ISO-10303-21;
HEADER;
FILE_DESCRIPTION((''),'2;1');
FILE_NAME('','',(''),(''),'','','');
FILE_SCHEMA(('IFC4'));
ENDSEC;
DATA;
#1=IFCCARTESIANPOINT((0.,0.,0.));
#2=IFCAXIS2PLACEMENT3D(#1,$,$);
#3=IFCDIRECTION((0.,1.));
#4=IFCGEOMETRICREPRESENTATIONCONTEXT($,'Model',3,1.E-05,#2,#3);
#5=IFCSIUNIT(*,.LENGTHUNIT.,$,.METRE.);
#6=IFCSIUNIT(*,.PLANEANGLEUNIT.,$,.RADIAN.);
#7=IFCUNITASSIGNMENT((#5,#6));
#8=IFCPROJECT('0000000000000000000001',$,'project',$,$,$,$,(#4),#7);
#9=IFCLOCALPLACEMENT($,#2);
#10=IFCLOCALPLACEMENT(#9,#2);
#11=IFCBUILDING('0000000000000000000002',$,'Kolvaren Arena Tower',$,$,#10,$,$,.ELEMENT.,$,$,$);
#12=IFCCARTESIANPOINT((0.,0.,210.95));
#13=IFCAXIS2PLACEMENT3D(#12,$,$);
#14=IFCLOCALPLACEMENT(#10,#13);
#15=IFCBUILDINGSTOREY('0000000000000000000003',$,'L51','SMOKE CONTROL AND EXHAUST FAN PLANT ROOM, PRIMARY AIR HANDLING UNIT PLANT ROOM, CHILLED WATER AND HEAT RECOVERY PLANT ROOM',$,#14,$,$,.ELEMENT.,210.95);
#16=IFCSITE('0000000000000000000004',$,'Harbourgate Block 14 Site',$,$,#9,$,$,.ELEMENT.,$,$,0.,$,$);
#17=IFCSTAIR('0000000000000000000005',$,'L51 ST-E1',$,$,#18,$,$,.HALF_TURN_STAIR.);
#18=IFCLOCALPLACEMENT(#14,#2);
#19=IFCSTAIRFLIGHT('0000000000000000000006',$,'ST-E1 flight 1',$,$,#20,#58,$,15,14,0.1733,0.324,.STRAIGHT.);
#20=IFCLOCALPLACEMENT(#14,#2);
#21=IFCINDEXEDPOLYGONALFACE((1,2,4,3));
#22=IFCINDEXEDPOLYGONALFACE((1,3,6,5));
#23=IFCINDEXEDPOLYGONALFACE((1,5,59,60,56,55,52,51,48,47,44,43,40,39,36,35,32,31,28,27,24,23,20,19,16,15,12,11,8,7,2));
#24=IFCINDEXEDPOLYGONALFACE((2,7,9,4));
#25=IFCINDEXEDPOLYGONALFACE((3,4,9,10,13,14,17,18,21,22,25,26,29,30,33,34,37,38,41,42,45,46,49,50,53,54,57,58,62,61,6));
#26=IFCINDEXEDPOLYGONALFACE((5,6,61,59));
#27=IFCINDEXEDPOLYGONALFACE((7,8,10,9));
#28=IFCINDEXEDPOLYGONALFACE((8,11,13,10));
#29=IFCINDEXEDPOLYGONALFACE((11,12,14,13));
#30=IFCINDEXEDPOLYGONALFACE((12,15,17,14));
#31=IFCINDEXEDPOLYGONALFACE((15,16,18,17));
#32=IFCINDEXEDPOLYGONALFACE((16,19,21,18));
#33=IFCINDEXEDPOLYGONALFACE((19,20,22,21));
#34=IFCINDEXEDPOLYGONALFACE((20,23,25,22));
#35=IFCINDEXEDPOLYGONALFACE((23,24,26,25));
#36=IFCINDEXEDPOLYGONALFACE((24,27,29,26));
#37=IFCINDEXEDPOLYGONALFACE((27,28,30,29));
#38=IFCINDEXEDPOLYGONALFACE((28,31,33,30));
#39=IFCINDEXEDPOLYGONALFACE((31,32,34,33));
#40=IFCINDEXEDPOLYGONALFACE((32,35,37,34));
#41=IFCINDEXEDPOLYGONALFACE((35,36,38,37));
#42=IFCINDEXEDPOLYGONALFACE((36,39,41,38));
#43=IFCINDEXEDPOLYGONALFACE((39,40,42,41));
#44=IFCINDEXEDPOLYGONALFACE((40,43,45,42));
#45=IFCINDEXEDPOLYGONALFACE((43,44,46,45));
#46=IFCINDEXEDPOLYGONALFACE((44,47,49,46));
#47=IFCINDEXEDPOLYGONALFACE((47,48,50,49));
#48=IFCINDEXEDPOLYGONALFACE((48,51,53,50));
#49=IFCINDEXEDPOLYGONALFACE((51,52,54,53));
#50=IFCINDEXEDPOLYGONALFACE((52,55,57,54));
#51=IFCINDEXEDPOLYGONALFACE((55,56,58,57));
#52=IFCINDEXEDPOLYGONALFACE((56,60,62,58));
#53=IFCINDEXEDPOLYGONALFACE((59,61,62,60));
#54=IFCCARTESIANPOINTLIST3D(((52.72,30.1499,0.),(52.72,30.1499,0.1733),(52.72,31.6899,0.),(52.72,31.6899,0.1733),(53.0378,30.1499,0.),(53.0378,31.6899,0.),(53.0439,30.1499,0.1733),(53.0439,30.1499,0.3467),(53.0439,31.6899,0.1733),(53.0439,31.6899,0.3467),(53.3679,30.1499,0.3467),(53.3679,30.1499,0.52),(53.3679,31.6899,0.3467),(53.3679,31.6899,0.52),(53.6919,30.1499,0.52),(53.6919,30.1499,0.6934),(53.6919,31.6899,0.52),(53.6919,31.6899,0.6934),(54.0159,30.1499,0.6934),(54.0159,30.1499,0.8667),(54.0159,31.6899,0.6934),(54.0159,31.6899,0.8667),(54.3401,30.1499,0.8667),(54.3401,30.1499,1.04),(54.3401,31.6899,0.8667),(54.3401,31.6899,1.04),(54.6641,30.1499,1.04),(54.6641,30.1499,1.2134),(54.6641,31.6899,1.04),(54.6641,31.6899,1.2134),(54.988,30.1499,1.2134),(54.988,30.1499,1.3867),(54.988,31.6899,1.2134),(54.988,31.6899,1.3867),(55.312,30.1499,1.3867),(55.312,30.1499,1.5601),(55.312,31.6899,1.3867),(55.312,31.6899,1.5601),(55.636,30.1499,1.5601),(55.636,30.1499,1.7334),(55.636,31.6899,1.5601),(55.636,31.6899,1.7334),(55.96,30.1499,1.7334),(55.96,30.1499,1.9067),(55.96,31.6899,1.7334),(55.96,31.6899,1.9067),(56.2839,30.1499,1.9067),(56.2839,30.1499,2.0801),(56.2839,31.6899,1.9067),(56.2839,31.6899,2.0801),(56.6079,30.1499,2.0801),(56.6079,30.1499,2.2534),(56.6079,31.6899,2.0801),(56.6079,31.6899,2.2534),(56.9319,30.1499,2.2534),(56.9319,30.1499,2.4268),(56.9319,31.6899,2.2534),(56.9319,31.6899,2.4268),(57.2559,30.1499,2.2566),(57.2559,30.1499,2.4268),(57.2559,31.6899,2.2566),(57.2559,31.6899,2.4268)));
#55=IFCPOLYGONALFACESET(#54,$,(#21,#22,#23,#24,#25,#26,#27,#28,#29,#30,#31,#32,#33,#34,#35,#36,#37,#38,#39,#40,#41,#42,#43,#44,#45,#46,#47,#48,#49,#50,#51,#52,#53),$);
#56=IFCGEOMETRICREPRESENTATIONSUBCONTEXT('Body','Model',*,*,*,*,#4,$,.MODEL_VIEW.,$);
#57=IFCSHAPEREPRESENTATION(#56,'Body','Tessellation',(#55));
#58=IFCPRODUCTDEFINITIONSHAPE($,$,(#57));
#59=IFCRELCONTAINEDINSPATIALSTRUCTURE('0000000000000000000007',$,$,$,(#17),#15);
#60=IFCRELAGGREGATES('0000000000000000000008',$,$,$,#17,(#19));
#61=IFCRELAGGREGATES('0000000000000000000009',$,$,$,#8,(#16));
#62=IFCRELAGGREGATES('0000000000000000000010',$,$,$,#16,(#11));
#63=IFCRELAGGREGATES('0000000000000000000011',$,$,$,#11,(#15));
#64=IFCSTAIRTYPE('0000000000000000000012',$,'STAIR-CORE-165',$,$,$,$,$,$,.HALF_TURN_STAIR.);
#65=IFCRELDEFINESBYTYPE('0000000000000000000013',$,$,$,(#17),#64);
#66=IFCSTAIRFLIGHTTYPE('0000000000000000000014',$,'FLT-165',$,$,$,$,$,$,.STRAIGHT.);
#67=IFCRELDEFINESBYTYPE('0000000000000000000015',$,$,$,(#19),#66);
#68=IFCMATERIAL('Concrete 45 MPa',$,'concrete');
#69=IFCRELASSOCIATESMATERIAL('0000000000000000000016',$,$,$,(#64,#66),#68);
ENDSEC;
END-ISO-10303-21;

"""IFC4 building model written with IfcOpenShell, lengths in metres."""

from ifc_helpers import new_model, si_unit, direction, frame, origin, place, context, subcontext, project, spatial, polyline, outline, extrude, material, type_object, element, aggregate, save


model = new_model("IFC4")

# Units and contexts
model_context = context("Model", 3, precision=1e-05, world=origin(), true_north=direction((0.0, 1.0)))
body_context = subcontext(model_context, "Body", "Model", "MODEL_VIEW")
ifc_project = project(units=[si_unit("LENGTHUNIT", "METRE"), si_unit("PLANEANGLEUNIT", "RADIAN")], contexts=[model_context])

# Site, building, storey
site_placement = place(None, origin())
site = spatial("IfcSite", under=ifc_project, at=site_placement, Name="Harbourgate Block 14 Site", CompositionType="ELEMENT", RefElevation=0.0)
building_placement = place(site_placement, origin())
building = spatial("IfcBuilding", under=site, at=building_placement, Name="Kolvaren Arena Tower", CompositionType="ELEMENT")
storey_placement = place(building_placement, frame((0.0, 0.0, 210.95)))
storey = spatial("IfcBuildingStorey", under=building, at=storey_placement, Name="L51", Description="SMOKE CONTROL AND EXHAUST FAN PLANT ROOM, PRIMARY AIR HANDLING UNIT PLANT ROOM, CHILLED WATER AND HEAT RECOVERY PLANT ROOM", CompositionType="ELEMENT", Elevation=210.95)

# Shared definitions
ifc_material_1 = material(Name="Concrete 45 MPa", Category="concrete")

# Stair, stair flight
stair_type_1 = type_object("IfcStairType", Name="STAIR-CORE-165", PredefinedType="HALF_TURN_STAIR", material=ifc_material_1)
stair_1_placement = place(storey_placement, origin())
stair_1 = element("IfcStair", 1, at=stair_1_placement, inside=storey, type_object=stair_type_1, Name="L51 ST-E1", PredefinedType="HALF_TURN_STAIR")
stair_flight_type_1 = type_object("IfcStairFlightType", Name="FLT-165", PredefinedType="STRAIGHT", material=ifc_material_1)
stair_flight_1_placement = place(storey_placement, frame((52.72, 30.9199, 0.0), z_axis=(0.0, 0.0, 1.0), x_axis=(1.0, 0.0, 0.0)))
stair_flight_1 = element("IfcStairFlight", 2, at=stair_flight_1_placement, type_object=stair_flight_type_1, Name="ST-E1 flight 1", NumberOfRisers=15, NumberOfTreads=14, PredefinedType="STRAIGHT", RiserHeight=0.1733, TreadLength=0.324, context=body_context, shape_type="SweptSolid", body=[
    extrude(outline(polyline([(0.0, 0.0), (0.0, 0.1733), (0.324, 0.1733), (0.324, 0.3467), (0.6479, 0.3467), (0.6479, 0.52), (0.9719, 0.52), (0.9719, 0.6934), (1.2959, 0.6934), (1.2959, 0.8667), (1.6201, 0.8667), (1.6201, 1.04), (1.9441, 1.04), (1.9441, 1.2134), (2.2681, 1.2134), (2.2681, 1.3867), (2.592, 1.3867), (2.592, 1.5601), (2.916, 1.5601), (2.916, 1.7334), (3.24, 1.7334), (3.24, 1.9067), (3.564, 1.9067), (3.564, 2.0801), (3.8879, 2.0801), (3.8879, 2.2534), (4.2119, 2.2534), (4.2119, 2.4268), (4.5359, 2.4268), (4.5359, 2.6001), (4.5359, 2.2566), (0.3179, 0.0), (0.0, 0.0)])), frame((0.0, 0.77, 0.0), z_axis=(0.0, -1.0, 0.0), x_axis=(1.0, 0.0, 0.0)), (0.0, 0.0, 1.0), 1.54),
])
aggregate(stair_1, [stair_flight_1])

save(model, "model.ifc")
